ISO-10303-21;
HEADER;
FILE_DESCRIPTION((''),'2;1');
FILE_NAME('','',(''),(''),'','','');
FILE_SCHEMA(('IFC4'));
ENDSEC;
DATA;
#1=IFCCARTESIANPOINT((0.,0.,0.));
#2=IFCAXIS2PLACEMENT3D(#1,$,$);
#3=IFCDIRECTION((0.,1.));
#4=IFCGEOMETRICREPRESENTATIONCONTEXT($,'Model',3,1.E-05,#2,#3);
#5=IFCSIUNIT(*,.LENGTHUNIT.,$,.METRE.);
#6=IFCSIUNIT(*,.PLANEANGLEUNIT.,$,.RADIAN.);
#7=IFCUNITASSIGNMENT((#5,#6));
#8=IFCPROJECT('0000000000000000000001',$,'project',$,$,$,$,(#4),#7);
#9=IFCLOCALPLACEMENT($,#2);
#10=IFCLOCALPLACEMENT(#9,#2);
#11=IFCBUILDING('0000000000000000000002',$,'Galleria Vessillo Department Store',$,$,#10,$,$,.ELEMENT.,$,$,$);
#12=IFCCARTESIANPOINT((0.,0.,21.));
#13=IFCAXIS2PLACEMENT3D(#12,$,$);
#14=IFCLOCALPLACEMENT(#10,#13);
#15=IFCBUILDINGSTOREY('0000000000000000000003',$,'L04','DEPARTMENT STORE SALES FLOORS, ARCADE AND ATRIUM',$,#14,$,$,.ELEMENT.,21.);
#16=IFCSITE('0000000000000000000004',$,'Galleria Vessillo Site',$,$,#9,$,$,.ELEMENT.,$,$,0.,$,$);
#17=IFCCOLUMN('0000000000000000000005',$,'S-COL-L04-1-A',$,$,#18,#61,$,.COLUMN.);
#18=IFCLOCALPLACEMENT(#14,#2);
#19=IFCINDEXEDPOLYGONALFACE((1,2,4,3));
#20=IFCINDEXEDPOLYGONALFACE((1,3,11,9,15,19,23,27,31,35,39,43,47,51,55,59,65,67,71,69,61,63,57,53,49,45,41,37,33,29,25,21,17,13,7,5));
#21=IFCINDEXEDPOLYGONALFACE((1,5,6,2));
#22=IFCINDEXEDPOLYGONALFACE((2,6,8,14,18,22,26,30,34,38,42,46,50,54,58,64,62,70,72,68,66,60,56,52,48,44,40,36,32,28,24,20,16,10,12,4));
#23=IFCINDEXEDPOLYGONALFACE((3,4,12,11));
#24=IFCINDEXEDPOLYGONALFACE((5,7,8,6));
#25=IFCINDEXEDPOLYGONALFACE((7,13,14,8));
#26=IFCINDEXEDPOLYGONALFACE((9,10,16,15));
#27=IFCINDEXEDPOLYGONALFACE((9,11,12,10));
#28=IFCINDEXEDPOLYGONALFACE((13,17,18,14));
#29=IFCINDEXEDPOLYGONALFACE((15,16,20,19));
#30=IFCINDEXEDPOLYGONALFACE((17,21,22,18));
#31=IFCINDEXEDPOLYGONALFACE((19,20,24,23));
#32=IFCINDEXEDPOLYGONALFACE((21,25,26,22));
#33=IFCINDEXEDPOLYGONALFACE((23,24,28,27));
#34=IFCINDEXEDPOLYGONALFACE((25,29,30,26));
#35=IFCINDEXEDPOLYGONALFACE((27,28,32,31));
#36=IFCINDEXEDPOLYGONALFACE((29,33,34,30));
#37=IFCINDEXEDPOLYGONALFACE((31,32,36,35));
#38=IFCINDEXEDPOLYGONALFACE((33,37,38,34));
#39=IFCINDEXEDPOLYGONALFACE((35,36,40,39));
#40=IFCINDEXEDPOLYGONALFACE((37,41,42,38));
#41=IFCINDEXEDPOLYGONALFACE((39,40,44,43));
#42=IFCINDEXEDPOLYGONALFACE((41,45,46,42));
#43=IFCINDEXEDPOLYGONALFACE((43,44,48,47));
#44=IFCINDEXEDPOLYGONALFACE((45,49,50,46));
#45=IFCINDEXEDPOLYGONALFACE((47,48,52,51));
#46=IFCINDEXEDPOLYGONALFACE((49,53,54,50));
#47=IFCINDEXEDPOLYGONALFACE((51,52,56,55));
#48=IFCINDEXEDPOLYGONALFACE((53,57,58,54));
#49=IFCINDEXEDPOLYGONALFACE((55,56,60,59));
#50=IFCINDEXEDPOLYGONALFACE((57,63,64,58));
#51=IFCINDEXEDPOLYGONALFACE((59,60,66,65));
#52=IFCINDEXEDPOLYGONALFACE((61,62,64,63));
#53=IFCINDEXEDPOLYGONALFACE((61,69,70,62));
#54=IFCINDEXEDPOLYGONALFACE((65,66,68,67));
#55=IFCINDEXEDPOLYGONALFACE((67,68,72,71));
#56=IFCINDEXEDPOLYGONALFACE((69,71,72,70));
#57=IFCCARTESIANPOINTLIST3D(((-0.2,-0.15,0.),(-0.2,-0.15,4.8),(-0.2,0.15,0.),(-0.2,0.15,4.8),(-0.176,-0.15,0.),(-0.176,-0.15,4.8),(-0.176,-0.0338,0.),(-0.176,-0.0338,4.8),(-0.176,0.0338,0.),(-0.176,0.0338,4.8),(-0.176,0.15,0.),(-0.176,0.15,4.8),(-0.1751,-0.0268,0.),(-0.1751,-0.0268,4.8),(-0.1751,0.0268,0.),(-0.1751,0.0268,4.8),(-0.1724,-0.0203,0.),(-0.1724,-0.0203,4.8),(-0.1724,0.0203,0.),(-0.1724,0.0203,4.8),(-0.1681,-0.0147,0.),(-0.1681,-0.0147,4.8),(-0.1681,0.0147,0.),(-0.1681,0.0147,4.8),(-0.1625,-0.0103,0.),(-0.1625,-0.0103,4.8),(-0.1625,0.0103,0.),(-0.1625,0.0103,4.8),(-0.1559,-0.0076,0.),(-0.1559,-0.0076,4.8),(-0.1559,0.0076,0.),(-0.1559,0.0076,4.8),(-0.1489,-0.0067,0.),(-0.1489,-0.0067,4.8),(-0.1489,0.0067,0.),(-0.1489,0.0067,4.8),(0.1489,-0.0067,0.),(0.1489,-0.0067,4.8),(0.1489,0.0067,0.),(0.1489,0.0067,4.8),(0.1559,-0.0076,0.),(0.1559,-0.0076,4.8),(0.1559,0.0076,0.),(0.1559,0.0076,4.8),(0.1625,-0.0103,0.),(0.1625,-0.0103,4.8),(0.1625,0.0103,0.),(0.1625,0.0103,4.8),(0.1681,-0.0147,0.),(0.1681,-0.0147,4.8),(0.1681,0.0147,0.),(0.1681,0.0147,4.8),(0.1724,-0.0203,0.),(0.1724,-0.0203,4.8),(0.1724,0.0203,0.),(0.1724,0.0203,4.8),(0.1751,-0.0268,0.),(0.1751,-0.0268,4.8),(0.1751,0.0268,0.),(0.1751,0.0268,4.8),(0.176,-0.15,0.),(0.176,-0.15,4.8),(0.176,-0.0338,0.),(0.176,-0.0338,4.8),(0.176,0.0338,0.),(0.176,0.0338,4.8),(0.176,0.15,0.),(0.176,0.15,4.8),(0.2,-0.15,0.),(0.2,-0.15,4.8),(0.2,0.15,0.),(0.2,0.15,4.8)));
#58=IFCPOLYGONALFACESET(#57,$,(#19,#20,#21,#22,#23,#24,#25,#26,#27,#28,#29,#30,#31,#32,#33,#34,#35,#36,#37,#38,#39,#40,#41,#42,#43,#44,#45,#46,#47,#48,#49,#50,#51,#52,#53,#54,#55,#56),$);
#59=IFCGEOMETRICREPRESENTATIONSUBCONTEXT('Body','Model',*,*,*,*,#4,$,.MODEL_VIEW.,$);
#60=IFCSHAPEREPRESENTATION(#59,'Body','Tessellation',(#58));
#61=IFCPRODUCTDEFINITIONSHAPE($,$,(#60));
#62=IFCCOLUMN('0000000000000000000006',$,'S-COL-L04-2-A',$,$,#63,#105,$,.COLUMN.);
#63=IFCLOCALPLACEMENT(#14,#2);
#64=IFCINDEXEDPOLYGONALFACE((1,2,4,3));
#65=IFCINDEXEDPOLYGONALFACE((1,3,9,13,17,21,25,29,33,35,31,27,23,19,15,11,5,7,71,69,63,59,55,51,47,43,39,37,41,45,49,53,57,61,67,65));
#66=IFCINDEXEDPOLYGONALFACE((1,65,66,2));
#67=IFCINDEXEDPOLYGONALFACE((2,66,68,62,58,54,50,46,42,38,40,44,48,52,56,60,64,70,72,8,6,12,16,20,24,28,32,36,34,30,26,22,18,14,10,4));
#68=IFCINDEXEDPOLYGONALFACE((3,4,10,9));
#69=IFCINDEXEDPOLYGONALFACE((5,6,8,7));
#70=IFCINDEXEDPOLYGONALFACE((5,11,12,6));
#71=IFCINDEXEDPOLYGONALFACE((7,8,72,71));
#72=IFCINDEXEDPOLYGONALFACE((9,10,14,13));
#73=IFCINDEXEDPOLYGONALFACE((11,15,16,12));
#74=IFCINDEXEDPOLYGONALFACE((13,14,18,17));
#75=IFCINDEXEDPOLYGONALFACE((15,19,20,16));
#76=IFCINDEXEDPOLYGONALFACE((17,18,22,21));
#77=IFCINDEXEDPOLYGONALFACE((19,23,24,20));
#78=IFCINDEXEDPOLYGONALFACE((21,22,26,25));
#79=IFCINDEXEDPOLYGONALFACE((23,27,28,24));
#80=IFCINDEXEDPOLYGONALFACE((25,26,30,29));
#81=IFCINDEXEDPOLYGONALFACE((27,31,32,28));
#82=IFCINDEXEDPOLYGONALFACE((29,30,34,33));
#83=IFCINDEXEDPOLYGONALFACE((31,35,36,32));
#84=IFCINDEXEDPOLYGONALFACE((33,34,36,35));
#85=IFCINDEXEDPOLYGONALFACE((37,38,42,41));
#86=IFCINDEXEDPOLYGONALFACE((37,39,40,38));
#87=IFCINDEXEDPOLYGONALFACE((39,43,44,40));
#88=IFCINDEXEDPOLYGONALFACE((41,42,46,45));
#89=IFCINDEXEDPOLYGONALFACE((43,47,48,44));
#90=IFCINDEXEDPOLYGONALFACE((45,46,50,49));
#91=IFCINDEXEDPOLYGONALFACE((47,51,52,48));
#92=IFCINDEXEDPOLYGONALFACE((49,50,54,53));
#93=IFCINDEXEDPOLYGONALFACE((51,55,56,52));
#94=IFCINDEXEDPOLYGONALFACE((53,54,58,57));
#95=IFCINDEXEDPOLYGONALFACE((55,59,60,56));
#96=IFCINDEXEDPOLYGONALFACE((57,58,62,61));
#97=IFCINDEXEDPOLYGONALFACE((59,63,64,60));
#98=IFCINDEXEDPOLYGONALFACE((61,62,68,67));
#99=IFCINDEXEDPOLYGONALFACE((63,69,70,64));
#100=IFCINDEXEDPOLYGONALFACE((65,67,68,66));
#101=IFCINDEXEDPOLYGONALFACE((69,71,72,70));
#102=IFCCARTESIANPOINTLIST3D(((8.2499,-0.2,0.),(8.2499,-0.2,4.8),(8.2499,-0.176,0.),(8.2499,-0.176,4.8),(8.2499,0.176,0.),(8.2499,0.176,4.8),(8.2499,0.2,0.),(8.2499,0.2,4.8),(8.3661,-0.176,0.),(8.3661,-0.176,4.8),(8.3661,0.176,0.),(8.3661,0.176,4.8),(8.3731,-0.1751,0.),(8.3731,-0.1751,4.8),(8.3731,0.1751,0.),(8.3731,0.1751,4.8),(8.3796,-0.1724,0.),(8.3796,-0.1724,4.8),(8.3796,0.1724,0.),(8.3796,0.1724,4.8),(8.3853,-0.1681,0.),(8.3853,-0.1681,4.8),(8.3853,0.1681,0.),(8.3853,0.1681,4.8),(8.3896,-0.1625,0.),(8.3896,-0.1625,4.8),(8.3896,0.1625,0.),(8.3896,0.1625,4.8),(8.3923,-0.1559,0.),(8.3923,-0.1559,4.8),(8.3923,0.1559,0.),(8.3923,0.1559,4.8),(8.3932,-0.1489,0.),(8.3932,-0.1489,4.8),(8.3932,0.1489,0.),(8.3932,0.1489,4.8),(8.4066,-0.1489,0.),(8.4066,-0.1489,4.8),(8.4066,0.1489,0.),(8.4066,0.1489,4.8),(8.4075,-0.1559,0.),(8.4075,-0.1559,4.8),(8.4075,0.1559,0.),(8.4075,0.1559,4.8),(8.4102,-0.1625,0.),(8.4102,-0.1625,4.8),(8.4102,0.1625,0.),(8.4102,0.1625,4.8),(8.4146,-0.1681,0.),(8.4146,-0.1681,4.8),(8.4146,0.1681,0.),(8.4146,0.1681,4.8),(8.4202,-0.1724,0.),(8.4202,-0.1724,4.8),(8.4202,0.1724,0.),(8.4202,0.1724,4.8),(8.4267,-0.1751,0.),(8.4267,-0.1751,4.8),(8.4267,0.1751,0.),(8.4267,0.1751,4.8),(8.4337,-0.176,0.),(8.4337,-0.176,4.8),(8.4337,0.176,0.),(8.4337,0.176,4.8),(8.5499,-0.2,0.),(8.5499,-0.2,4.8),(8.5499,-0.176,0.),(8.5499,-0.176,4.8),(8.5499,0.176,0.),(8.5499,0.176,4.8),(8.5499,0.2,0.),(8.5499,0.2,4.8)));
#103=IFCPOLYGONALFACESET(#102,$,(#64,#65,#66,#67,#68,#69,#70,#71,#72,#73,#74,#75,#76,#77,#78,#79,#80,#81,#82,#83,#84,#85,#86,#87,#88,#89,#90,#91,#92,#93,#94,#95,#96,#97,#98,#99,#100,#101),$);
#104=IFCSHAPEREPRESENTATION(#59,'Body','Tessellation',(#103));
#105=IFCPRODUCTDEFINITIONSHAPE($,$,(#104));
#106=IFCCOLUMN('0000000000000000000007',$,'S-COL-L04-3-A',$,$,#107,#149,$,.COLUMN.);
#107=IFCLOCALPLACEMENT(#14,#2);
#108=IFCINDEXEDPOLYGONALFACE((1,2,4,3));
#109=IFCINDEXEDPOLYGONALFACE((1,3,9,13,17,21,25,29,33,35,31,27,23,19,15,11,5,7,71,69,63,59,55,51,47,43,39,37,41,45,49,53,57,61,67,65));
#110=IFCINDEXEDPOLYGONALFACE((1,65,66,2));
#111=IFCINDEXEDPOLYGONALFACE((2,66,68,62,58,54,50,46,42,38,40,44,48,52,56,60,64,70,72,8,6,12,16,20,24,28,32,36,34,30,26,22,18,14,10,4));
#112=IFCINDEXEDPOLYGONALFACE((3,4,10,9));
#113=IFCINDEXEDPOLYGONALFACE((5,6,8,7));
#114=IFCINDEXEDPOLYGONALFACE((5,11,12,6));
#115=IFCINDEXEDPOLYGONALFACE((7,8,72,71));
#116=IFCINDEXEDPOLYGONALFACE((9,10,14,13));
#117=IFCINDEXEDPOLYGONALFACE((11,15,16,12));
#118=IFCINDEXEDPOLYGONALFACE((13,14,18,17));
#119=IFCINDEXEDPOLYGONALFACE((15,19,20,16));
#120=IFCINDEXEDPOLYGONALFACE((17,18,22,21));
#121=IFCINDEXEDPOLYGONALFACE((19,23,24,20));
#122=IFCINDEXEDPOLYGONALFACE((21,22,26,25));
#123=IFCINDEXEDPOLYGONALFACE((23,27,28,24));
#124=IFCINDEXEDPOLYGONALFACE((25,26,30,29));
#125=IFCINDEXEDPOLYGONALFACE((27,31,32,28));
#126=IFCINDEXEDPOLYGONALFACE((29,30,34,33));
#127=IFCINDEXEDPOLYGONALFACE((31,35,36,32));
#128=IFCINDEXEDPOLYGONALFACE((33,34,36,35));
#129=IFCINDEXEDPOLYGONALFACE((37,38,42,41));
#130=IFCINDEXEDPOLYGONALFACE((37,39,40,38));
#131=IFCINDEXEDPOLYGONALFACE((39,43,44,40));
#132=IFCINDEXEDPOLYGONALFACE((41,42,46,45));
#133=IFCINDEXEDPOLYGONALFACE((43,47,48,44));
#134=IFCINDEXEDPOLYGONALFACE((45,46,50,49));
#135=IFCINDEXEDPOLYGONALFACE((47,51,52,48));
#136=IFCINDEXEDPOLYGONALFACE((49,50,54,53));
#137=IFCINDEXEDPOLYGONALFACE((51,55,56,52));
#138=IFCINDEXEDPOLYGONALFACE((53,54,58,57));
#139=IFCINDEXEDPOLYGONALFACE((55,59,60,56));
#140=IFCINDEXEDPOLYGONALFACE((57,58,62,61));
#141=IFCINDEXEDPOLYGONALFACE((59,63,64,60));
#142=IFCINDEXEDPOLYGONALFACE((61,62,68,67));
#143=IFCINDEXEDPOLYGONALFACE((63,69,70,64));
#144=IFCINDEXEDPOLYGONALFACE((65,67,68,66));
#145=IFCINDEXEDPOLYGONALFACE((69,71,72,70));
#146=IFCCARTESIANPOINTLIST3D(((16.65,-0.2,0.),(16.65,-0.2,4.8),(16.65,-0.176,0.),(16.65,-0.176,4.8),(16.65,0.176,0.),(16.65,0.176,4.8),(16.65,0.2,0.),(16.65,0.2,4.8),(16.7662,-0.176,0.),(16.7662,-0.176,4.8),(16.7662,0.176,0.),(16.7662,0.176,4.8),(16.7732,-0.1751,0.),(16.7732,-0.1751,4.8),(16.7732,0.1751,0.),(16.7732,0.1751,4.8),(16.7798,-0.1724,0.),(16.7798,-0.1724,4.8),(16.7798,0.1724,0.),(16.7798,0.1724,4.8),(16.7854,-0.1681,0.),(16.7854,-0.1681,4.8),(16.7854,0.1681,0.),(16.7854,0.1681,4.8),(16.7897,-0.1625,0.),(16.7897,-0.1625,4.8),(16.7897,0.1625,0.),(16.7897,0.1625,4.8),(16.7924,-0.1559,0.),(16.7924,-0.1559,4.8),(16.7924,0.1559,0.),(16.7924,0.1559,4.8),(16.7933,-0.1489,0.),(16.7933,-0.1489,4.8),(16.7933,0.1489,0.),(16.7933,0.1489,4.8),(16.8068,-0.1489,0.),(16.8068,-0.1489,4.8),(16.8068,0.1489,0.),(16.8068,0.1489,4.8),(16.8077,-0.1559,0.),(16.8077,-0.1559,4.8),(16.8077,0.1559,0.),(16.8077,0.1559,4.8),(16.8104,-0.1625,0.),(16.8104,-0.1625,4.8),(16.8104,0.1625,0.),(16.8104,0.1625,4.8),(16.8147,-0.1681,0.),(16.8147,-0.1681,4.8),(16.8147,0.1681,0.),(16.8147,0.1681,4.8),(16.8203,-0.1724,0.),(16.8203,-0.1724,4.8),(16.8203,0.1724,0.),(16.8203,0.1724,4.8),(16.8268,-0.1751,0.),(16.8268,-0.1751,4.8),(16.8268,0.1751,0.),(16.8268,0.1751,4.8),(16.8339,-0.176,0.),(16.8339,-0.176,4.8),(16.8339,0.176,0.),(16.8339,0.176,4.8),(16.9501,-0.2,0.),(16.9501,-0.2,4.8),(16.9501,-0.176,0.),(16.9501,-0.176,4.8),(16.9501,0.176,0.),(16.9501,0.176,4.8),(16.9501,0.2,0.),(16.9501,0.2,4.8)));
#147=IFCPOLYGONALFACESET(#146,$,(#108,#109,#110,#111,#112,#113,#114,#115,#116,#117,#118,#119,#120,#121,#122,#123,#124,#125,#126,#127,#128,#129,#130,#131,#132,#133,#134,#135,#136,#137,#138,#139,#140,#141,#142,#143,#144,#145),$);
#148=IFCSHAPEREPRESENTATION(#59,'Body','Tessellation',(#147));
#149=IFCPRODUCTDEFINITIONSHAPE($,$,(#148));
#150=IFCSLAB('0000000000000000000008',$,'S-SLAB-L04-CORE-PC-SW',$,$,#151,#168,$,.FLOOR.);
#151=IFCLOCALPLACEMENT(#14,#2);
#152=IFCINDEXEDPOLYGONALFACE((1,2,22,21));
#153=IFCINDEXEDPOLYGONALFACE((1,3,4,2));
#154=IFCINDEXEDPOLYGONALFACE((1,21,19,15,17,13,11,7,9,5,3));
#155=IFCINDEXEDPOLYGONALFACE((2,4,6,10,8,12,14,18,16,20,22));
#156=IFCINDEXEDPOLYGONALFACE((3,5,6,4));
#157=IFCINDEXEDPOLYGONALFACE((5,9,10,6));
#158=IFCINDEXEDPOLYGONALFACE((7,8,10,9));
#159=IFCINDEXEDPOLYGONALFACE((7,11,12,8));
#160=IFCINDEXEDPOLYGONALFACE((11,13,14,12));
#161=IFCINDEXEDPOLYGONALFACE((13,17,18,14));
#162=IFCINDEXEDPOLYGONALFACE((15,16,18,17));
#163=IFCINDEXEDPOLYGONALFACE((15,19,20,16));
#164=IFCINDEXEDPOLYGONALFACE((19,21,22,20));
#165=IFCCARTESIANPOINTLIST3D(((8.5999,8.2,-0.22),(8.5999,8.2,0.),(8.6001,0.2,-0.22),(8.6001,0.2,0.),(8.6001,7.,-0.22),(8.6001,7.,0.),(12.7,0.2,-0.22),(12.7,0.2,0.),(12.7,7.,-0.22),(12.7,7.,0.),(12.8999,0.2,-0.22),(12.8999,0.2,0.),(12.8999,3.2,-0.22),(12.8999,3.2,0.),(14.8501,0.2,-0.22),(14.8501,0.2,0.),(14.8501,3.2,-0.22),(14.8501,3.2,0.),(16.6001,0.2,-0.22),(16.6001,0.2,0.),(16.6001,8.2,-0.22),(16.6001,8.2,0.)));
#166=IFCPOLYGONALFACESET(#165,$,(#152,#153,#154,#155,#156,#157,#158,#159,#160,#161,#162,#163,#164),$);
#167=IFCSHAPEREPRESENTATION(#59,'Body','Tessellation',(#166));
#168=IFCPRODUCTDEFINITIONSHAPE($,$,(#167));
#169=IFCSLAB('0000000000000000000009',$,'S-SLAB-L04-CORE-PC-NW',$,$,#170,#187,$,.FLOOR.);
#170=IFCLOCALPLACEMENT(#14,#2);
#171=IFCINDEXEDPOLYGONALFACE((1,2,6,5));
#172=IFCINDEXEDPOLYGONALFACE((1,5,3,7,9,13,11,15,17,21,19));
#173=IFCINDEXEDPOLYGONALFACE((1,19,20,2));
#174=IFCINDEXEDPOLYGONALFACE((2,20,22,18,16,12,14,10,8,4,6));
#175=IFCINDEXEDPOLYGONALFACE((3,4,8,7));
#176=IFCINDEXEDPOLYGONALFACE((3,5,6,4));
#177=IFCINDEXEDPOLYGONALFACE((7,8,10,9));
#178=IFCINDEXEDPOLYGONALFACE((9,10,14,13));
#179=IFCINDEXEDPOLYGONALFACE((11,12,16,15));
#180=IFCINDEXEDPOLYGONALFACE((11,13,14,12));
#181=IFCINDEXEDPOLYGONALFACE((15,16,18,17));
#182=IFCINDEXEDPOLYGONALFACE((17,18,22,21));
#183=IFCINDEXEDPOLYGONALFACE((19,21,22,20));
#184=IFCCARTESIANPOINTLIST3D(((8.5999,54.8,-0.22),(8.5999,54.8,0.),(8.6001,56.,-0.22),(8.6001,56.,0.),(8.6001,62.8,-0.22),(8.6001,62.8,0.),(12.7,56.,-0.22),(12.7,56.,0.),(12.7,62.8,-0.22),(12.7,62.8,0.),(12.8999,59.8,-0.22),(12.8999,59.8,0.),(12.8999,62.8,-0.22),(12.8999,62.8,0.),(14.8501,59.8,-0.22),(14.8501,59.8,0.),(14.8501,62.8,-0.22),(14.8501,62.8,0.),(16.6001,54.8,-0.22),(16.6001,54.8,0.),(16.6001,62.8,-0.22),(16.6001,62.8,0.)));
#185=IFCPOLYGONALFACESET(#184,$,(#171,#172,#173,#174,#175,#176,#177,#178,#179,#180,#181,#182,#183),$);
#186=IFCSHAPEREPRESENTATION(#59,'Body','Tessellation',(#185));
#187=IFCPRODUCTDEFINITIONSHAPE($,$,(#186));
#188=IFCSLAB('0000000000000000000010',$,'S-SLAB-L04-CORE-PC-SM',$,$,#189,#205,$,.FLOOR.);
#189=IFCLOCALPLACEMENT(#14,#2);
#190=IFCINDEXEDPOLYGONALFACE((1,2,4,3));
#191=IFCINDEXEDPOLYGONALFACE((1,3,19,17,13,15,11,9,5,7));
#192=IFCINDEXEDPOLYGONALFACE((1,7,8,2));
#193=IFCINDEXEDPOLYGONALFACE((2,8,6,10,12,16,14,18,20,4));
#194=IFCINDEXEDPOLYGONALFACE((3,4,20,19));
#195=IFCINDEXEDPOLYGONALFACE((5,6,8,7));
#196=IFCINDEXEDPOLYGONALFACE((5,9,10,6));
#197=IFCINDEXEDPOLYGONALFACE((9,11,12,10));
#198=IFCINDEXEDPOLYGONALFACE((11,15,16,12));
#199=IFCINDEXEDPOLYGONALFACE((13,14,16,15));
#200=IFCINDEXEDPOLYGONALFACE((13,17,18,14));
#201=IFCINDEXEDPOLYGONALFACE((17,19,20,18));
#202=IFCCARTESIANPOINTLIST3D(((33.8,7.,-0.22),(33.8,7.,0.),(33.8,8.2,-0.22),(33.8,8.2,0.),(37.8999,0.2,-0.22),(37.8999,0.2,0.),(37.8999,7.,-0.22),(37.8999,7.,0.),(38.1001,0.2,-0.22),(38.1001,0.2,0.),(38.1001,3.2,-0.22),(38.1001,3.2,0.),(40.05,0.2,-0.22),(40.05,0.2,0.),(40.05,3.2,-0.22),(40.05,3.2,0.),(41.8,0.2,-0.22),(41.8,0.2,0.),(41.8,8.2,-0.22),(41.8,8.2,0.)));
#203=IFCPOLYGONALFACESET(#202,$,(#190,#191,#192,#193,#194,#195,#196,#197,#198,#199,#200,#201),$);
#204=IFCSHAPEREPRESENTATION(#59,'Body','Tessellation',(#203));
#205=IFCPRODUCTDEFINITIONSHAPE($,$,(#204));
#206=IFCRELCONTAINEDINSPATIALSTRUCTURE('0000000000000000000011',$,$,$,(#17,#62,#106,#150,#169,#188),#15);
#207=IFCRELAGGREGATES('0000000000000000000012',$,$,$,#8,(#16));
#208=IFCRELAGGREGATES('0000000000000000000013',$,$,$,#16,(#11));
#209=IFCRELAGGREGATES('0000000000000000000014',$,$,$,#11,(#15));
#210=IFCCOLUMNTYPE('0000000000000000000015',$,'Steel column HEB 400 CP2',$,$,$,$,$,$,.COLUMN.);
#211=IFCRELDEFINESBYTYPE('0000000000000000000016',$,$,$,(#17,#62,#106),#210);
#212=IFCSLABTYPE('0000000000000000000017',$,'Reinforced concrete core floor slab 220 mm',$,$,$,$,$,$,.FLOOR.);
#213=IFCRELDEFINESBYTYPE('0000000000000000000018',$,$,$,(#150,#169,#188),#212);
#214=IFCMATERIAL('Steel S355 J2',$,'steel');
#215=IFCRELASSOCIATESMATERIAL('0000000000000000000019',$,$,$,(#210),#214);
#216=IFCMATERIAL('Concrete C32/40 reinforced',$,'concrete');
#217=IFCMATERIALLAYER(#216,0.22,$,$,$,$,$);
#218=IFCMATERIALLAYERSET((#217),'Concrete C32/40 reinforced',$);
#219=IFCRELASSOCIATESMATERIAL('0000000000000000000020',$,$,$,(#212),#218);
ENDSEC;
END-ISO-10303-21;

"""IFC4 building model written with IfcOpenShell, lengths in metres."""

from ifc_helpers import new_model, si_unit, direction, frame, origin, origin_2d, place, context, subcontext, project, spatial, polyline, i_section, outline, extrude, material, layer, layer_set, material_profile, profile_set, type_object, element, save


model = new_model("IFC4")

# Units and contexts
model_context = context("Model", 3, precision=1e-05, world=origin(), true_north=direction((0.0, 1.0)))
body_context = subcontext(model_context, "Body", "Model", "MODEL_VIEW")
ifc_project = project(units=[si_unit("LENGTHUNIT", "METRE"), si_unit("PLANEANGLEUNIT", "RADIAN")], contexts=[model_context])

# Site, building, storey
site_placement = place(None, origin())
site = spatial("IfcSite", under=ifc_project, at=site_placement, Name="Galleria Vessillo Site", CompositionType="ELEMENT", RefElevation=0.0)
building_placement = place(site_placement, origin())
building = spatial("IfcBuilding", under=site, at=building_placement, Name="Galleria Vessillo Department Store", CompositionType="ELEMENT")
storey_placement = place(building_placement, frame((0.0, 0.0, 21.0)))
storey = spatial("IfcBuildingStorey", under=building, at=storey_placement, Name="L04", Description="DEPARTMENT STORE SALES FLOORS, ARCADE AND ATRIUM", CompositionType="ELEMENT", Elevation=21.0)

# Columns
ifc_material_1 = material(Name="Steel S355 J2", Category="steel")
ifc_material_profile = material_profile(ifc_material_1, i_section(OverallWidth=0.3, OverallDepth=0.3999, WebThickness=0.0134, FlangeThickness=0.0239, FilletRadius=0.0271, at=origin_2d()), Name="HEB 400")
ifc_profile_set = profile_set([ifc_material_profile], Name="Steel S355 J2")
column_type = type_object("IfcColumnType", Name="Steel column HEB 400 CP2", PredefinedType="COLUMN", material=ifc_profile_set)
for number, where, z_axis, x_axis, name in (
    (1, (0.0, 0.0, 0.0), (0.0, 0.0, 1.0), (0.0, 1.0, 0.0), "S-COL-L04-1-A"),
    (2, (8.3999, 0.0, 0.0), (0.0, 0.0, 1.0), (1.0, 0.0, 0.0), "S-COL-L04-2-A"),
    (3, (16.8, 0.0, 0.0), (0.0, 0.0, 1.0), (1.0, 0.0, 0.0), "S-COL-L04-3-A"),
):
    element("IfcColumn", number, at=place(storey_placement, frame(where, z_axis=z_axis, x_axis=x_axis)), inside=storey, type_object=column_type, Name=name, PredefinedType="COLUMN", context=body_context, shape_type="SweptSolid", body=[
        extrude(i_section(OverallWidth=0.3, OverallDepth=0.3999, WebThickness=0.0134, FlangeThickness=0.0239, FilletRadius=0.0271, at=origin_2d()), origin(), (0.0, 0.0, 1.0), 4.8),
    ])

# Slabs
ifc_material_2 = material(Name="Concrete C32/40 reinforced", Category="concrete")
ifc_layer_1 = layer(ifc_material_2, 0.22)
ifc_layer_set_1 = layer_set([ifc_layer_1], Name="Concrete C32/40 reinforced")
slab_type_1 = type_object("IfcSlabType", Name="Reinforced concrete core floor slab 220 mm", PredefinedType="FLOOR", material=ifc_layer_set_1)
slab_1_placement = place(storey_placement, frame((0.0, 0.0, -0.22)))
element("IfcSlab", 4, at=slab_1_placement, inside=storey, type_object=slab_type_1, Name="S-SLAB-L04-CORE-PC-SW", PredefinedType="FLOOR", context=body_context, shape_type="SweptSolid", body=[
    extrude(outline(polyline([(8.5999, 8.2), (16.6001, 8.2), (16.6001, 0.2), (14.8501, 0.2), (14.8501, 3.2), (12.8999, 3.2), (12.8999, 0.2), (12.7, 0.2), (12.7, 7.0), (8.6001, 7.0), (8.6001, 0.2), (8.5999, 8.2)])), origin(), (0.0, 0.0, 1.0), 0.22),
])
slab_2_placement = place(storey_placement, frame((0.0, 0.0, -0.22)))
element("IfcSlab", 5, at=slab_2_placement, inside=storey, type_object=slab_type_1, Name="S-SLAB-L04-CORE-PC-NW", PredefinedType="FLOOR", context=body_context, shape_type="SweptSolid", body=[
    extrude(outline(polyline([(16.6001, 62.8), (16.6001, 54.8), (8.5999, 54.8), (8.6001, 62.8), (8.6001, 56.0), (12.7, 56.0), (12.7, 62.8), (12.8999, 62.8), (12.8999, 59.8), (14.8501, 59.8), (14.8501, 62.8), (16.6001, 62.8)])), origin(), (0.0, 0.0, 1.0), 0.22),
])
slab_3_placement = place(storey_placement, frame((0.0, 0.0, -0.22)))
element("IfcSlab", 6, at=slab_3_placement, inside=storey, type_object=slab_type_1, Name="S-SLAB-L04-CORE-PC-SM", PredefinedType="FLOOR", context=body_context, shape_type="SweptSolid", body=[
    extrude(outline(polyline([(33.8, 8.2), (41.8, 8.2), (41.8, 0.2), (40.05, 0.2), (40.05, 3.2), (38.1001, 3.2), (38.1001, 0.2), (37.8999, 0.2), (37.8999, 7.0), (33.8, 7.0), (33.8, 8.2)])), origin(), (0.0, 0.0, 1.0), 0.22),
])

save(model, "model.ifc")
